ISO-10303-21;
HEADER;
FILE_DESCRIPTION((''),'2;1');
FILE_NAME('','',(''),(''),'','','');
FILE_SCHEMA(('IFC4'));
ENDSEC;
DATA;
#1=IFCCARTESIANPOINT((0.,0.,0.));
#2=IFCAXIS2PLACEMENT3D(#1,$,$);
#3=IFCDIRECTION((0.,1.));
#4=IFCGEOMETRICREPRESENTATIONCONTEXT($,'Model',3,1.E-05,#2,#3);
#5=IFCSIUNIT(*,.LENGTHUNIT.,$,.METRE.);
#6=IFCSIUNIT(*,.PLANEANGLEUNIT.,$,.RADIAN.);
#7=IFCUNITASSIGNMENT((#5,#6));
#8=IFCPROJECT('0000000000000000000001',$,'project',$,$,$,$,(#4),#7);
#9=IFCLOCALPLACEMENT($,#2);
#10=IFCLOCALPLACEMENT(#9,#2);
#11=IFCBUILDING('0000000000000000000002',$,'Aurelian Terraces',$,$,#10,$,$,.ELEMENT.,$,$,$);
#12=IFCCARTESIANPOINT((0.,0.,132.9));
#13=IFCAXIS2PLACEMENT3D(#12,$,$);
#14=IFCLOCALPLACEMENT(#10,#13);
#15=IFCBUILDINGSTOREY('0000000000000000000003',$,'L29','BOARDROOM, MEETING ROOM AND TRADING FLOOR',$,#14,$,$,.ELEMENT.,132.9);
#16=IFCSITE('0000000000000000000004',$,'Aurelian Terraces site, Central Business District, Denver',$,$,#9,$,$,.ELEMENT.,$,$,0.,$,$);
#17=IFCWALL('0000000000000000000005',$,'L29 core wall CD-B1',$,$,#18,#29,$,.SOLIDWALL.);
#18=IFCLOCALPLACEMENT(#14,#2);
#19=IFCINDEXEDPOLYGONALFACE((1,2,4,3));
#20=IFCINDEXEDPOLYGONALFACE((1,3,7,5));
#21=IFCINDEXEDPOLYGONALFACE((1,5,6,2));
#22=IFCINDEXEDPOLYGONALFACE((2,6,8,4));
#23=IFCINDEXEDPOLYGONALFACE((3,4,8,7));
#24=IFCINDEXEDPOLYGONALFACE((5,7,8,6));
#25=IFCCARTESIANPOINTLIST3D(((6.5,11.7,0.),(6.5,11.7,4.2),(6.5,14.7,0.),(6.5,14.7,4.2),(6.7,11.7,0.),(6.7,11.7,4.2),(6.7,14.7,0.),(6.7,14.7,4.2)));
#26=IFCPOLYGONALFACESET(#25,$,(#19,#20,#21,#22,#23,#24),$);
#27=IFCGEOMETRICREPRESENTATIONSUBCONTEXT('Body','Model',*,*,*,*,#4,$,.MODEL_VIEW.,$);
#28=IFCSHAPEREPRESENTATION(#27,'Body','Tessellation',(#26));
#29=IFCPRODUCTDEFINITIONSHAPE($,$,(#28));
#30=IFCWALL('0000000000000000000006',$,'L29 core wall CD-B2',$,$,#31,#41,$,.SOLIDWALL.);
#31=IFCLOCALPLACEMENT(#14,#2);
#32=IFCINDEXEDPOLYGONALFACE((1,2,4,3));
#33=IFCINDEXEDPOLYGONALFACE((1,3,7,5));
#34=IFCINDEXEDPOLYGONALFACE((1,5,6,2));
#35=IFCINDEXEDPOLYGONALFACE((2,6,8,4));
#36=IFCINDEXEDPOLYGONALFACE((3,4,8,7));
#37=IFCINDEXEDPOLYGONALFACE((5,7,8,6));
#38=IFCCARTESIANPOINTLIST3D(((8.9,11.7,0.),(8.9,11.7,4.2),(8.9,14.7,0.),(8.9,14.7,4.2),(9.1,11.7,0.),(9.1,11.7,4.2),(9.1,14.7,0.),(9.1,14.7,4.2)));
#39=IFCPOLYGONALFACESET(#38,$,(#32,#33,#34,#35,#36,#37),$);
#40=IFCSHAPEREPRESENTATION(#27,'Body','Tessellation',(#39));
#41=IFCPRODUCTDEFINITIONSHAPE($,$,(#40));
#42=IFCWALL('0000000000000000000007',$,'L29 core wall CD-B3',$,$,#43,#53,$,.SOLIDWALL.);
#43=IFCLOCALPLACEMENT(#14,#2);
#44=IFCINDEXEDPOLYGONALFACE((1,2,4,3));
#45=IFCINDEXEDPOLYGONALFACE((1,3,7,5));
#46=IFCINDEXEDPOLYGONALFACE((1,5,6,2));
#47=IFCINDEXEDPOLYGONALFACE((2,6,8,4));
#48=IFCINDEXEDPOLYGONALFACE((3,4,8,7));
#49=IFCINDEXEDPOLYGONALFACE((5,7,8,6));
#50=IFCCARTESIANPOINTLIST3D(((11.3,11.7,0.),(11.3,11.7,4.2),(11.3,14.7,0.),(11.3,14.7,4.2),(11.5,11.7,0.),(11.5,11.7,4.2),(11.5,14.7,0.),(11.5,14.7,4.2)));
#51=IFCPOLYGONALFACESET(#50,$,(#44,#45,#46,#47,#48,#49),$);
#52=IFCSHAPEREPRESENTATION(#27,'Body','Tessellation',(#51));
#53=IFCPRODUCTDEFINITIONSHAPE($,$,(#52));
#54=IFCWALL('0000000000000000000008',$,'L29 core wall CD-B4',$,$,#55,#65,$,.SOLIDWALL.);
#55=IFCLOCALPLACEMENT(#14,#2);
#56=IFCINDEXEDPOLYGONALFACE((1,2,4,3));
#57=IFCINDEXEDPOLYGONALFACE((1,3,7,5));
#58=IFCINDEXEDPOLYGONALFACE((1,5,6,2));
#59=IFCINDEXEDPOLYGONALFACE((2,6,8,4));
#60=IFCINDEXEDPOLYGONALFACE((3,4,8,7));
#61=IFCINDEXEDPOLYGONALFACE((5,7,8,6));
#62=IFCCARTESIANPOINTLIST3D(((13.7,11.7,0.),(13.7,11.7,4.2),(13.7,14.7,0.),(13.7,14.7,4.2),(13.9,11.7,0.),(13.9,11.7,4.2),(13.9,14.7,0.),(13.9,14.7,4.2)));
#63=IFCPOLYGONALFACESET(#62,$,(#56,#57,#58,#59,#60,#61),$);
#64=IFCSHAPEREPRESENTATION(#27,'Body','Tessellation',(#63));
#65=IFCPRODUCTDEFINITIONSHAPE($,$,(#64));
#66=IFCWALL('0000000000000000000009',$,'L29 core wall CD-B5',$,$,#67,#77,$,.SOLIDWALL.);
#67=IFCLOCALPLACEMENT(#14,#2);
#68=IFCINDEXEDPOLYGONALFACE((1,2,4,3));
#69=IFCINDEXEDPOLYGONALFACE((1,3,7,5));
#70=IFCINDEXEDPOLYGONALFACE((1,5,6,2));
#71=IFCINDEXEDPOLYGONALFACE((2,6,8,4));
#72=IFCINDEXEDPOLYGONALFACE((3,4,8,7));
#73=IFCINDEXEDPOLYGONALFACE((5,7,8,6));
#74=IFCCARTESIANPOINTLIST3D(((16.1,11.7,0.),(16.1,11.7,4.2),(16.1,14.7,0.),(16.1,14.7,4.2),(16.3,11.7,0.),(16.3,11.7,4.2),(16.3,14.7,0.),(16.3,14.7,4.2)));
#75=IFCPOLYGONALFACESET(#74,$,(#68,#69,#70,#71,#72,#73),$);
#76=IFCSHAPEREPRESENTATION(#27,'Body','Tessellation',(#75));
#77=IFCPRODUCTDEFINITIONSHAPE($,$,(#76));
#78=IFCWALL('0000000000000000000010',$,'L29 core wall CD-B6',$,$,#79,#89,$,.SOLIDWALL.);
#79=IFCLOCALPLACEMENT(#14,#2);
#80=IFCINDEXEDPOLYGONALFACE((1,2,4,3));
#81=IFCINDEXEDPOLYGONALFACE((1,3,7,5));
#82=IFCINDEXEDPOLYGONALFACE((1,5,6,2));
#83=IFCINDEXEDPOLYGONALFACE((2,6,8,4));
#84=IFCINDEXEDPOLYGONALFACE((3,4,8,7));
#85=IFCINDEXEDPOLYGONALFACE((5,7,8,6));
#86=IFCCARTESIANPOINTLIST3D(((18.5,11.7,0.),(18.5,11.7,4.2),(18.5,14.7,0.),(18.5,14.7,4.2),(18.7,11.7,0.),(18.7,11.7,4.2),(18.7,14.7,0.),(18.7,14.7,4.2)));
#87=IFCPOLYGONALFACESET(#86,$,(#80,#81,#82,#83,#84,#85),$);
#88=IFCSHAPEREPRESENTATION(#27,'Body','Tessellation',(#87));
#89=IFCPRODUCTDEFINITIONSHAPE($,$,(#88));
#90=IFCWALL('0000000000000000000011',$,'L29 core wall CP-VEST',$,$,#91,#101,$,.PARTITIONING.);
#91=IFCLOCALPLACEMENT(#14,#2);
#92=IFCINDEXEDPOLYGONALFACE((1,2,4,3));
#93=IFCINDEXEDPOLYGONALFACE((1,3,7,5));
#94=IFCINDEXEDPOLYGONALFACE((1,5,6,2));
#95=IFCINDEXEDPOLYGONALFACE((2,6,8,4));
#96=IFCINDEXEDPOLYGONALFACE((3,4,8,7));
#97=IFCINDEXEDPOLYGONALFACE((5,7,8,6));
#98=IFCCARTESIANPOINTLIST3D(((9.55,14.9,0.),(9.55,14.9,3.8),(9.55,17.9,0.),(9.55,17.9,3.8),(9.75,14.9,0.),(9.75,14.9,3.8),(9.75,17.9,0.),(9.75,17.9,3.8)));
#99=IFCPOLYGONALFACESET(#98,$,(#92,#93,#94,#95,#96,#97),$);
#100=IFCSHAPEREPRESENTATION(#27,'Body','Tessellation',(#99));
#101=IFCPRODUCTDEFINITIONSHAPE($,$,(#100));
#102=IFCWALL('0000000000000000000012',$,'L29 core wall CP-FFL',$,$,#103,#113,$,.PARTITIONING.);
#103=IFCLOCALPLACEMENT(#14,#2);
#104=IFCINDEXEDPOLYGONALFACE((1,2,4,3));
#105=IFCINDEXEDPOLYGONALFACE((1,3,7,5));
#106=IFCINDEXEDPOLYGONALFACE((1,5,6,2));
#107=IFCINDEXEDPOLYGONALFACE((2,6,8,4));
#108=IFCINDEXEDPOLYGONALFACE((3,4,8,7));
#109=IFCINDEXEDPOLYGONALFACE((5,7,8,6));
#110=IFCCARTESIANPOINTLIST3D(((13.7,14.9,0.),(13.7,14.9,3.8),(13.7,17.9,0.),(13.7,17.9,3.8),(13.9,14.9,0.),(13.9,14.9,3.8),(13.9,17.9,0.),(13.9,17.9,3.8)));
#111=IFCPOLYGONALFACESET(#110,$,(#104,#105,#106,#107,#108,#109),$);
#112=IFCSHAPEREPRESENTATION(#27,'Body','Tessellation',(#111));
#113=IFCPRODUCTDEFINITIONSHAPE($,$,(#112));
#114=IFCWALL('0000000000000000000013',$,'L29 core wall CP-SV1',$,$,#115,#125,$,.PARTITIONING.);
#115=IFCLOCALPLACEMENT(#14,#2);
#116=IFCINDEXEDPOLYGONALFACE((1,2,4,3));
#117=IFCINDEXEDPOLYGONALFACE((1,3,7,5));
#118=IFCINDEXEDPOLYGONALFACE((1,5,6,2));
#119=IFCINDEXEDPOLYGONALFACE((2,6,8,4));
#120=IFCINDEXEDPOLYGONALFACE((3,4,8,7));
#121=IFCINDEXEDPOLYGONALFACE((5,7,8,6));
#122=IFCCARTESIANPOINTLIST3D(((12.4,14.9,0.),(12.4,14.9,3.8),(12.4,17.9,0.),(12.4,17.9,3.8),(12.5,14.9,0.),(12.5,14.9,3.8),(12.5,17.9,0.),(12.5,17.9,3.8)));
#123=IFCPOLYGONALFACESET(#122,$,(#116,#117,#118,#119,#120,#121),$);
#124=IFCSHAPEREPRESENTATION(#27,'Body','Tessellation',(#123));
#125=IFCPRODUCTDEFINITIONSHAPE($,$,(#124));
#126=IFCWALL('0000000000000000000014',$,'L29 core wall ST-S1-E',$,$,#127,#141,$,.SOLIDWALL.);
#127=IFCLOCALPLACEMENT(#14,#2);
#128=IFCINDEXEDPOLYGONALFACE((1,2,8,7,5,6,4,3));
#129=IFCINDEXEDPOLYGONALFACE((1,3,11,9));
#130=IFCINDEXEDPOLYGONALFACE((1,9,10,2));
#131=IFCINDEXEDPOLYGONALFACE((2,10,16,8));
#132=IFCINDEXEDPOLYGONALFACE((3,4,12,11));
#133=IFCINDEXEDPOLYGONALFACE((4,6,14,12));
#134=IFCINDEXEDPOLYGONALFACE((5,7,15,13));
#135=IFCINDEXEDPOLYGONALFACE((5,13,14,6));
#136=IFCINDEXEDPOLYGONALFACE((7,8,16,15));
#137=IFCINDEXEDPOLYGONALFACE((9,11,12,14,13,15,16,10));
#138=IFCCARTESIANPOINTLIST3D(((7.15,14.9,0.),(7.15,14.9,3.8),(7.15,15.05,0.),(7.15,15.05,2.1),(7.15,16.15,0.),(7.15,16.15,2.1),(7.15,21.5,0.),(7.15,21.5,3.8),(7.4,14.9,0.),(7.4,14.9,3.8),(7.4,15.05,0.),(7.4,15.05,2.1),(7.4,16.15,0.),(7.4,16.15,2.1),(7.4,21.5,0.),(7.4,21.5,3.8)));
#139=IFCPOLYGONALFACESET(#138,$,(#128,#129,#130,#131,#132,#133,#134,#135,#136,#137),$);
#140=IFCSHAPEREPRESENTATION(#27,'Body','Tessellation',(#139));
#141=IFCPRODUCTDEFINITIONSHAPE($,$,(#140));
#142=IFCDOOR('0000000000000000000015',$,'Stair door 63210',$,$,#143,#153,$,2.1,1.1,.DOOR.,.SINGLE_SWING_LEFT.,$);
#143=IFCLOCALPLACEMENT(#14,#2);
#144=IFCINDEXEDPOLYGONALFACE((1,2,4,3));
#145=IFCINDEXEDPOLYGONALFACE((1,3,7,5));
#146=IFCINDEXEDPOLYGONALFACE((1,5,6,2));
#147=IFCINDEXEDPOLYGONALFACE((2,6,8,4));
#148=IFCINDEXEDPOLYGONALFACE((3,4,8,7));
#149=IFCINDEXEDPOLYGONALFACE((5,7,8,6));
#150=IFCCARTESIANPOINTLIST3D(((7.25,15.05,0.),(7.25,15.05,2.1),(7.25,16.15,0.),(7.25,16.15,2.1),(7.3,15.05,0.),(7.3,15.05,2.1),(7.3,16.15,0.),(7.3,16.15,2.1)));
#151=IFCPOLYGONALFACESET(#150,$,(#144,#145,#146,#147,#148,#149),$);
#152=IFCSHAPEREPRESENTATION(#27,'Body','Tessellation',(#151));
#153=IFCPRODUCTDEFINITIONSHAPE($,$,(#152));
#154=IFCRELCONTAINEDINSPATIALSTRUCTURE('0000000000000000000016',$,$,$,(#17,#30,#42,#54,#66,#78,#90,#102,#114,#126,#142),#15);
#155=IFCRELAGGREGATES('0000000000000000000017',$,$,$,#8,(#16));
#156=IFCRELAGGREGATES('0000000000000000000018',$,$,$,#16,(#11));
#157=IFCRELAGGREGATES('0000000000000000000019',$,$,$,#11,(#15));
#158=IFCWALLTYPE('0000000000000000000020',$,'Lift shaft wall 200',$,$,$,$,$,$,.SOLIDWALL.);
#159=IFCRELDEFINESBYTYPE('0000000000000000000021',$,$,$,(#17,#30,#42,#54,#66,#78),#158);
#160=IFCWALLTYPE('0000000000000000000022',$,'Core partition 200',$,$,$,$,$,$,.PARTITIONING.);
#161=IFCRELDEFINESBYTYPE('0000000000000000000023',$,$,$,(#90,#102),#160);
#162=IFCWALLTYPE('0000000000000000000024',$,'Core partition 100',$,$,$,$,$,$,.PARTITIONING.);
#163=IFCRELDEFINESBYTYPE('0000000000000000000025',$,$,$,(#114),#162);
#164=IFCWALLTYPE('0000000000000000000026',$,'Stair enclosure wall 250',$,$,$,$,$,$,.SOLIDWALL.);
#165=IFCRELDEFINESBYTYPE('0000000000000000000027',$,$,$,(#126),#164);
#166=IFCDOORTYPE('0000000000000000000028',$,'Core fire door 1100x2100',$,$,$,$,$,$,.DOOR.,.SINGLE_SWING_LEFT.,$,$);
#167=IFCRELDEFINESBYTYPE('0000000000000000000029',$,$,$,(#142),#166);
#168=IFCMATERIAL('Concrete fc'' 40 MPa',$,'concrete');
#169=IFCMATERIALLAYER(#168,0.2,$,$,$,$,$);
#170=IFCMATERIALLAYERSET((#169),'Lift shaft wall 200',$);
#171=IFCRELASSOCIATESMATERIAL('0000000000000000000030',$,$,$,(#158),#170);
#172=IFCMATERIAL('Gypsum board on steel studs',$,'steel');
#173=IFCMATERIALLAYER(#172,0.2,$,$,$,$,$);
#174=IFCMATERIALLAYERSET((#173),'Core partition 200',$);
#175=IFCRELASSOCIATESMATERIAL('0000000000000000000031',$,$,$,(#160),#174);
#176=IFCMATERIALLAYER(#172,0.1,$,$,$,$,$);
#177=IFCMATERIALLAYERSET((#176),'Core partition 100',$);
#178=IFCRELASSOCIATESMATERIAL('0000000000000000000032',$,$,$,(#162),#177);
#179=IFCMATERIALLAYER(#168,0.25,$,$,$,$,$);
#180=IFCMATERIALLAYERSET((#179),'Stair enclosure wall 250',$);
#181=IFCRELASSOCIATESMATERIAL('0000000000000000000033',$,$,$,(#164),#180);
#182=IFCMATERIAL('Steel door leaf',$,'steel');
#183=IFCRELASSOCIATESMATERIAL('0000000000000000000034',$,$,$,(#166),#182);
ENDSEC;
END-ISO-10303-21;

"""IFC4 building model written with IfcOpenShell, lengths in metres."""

from ifc_helpers import new_model, si_unit, direction, frame, frame_2d, origin, place, context, subcontext, project, spatial, rectangle, extrude, source, transform, mapped, material, layer, layer_set, type_object, element, fill, save


model = new_model("IFC4")

# Units and contexts
model_context = context("Model", 3, precision=1e-05, world=origin(), true_north=direction((0.0, 1.0)))
body_context = subcontext(model_context, "Body", "Model", "MODEL_VIEW")
ifc_project = project(units=[si_unit("LENGTHUNIT", "METRE"), si_unit("PLANEANGLEUNIT", "RADIAN")], contexts=[model_context])

# Site, building, storey
site_placement = place(None, origin())
site = spatial("IfcSite", under=ifc_project, at=site_placement, Name="Aurelian Terraces site, Central Business District, Denver", CompositionType="ELEMENT", RefElevation=0.0)
building_placement = place(site_placement, origin())
building = spatial("IfcBuilding", under=site, at=building_placement, Name="Aurelian Terraces", CompositionType="ELEMENT")
storey_placement = place(building_placement, frame((0.0, 0.0, 132.9)))
storey = spatial("IfcBuildingStorey", under=building, at=storey_placement, Name="L29", Description="BOARDROOM, MEETING ROOM AND TRADING FLOOR", CompositionType="ELEMENT", Elevation=132.9)

# Walls
ifc_material_1 = material(Name="Concrete fc' 40 MPa", Category="concrete")
ifc_layer_1 = layer(ifc_material_1, 0.2)
ifc_layer_set_1 = layer_set([ifc_layer_1], Name="Lift shaft wall 200")
wall_type_1 = type_object("IfcWallType", Name="Lift shaft wall 200", PredefinedType="SOLIDWALL", material=ifc_layer_set_1)
shared_shape_1 = source(origin(), body_context, "Body", "SweptSolid", [
    extrude(rectangle(XDim=3.0, YDim=0.2, at=frame_2d((1.5, 0.0))), origin(), (0.0, 0.0, 1.0), 4.2),
])
for number, where, z_axis, x_axis, name in (
    (1, (6.6, 11.7, 0.0), (0.0, 0.0, 1.0), (0.0, 1.0, 0.0), "L29 core wall CD-B1"),
    (2, (9.0, 11.7, 0.0), (0.0, 0.0, 1.0), (0.0, 1.0, 0.0), "L29 core wall CD-B2"),
    (3, (11.4, 11.7, 0.0), (0.0, 0.0, 1.0), (0.0, 1.0, 0.0), "L29 core wall CD-B3"),
    (4, (13.8, 11.7, 0.0), (0.0, 0.0, 1.0), (0.0, 1.0, 0.0), "L29 core wall CD-B4"),
    (5, (16.2, 11.7, 0.0), (0.0, 0.0, 1.0), (0.0, 1.0, 0.0), "L29 core wall CD-B5"),
    (6, (18.6, 11.7, 0.0), (0.0, 0.0, 1.0), (0.0, 1.0, 0.0), "L29 core wall CD-B6"),
):
    element("IfcWall", number, at=place(storey_placement, frame(where, z_axis=z_axis, x_axis=x_axis)), inside=storey, type_object=wall_type_1, Name=name, PredefinedType="SOLIDWALL", context=body_context, shape_type="MappedRepresentation", body=[
        mapped(shared_shape_1, transform((0.0, 0.0, 0.0), scale=1.0)),
    ])
ifc_material_2 = material(Name="Gypsum board on steel studs", Category="steel")
ifc_layer_2 = layer(ifc_material_2, 0.2)
ifc_layer_set_2 = layer_set([ifc_layer_2], Name="Core partition 200")
wall_type_2 = type_object("IfcWallType", Name="Core partition 200", PredefinedType="PARTITIONING", material=ifc_layer_set_2)
shared_shape_2 = source(origin(), body_context, "Body", "SweptSolid", [
    extrude(rectangle(XDim=3.0, YDim=0.2, at=frame_2d((1.5, 0.0))), origin(), (0.0, 0.0, 1.0), 3.8),
])
for number, where, z_axis, x_axis, name in (
    (7, (9.65, 14.9, 0.0), (0.0, 0.0, 1.0), (0.0, 1.0, 0.0), "L29 core wall CP-VEST"),
    (8, (13.8, 14.9, 0.0), (0.0, 0.0, 1.0), (0.0, 1.0, 0.0), "L29 core wall CP-FFL"),
):
    element("IfcWall", number, at=place(storey_placement, frame(where, z_axis=z_axis, x_axis=x_axis)), inside=storey, type_object=wall_type_2, Name=name, PredefinedType="PARTITIONING", context=body_context, shape_type="MappedRepresentation", body=[
        mapped(shared_shape_2, transform((0.0, 0.0, 0.0), scale=1.0)),
    ])
ifc_layer_3 = layer(ifc_material_2, 0.1)
ifc_layer_set_3 = layer_set([ifc_layer_3], Name="Core partition 100")
wall_type_3 = type_object("IfcWallType", Name="Core partition 100", PredefinedType="PARTITIONING", material=ifc_layer_set_3)
shared_shape_3 = source(origin(), body_context, "Body", "SweptSolid", [
    extrude(rectangle(XDim=3.0, YDim=0.1, at=frame_2d((1.5, 0.0))), origin(), (0.0, 0.0, 1.0), 3.8),
])
wall_1_placement = place(storey_placement, frame((12.45, 14.9, 0.0), z_axis=(0.0, 0.0, 1.0), x_axis=(0.0, 1.0, 0.0)))
element("IfcWall", 9, at=wall_1_placement, inside=storey, type_object=wall_type_3, Name="L29 core wall CP-SV1", PredefinedType="PARTITIONING", context=body_context, shape_type="MappedRepresentation", body=[
    mapped(shared_shape_3, transform((0.0, 0.0, 0.0), scale=1.0)),
])

# Wall, opening, door
ifc_layer_4 = layer(ifc_material_1, 0.25)
ifc_layer_set_4 = layer_set([ifc_layer_4], Name="Stair enclosure wall 250")
wall_type_4 = type_object("IfcWallType", Name="Stair enclosure wall 250", PredefinedType="SOLIDWALL", material=ifc_layer_set_4)
shared_shape_4 = source(origin(), body_context, "Body", "SweptSolid", [
    extrude(rectangle(XDim=6.6, YDim=0.25, at=frame_2d((3.3, 0.0))), origin(), (0.0, 0.0, 1.0), 3.8),
])
wall_2_placement = place(storey_placement, frame((7.275, 14.9, 0.0), z_axis=(0.0, 0.0, 1.0), x_axis=(0.0, 1.0, 0.0)))
wall_2 = element("IfcWall", 10, at=wall_2_placement, inside=storey, type_object=wall_type_4, Name="L29 core wall ST-S1-E", PredefinedType="SOLIDWALL", context=body_context, shape_type="MappedRepresentation", body=[
    mapped(shared_shape_4, transform((0.0, 0.0, 0.0), scale=1.0)),
])
shared_shape_5 = source(origin(), body_context, "Body", "SweptSolid", [
    extrude(rectangle(XDim=1.1, YDim=2.1, at=frame_2d((0.55, 1.05))), frame((0.0, 0.135, 0.0), z_axis=(0.0, -1.0, 0.0), x_axis=(1.0, 0.0, 0.0)), (0.0, 0.0, 1.0), 0.27),
])
opening_1_placement = place(wall_2_placement, frame((0.15, 0.0, 0.0)))
opening_1 = element("IfcOpeningElement", 11, at=opening_1_placement, cuts=wall_2, PredefinedType="OPENING", context=body_context, shape_type="MappedRepresentation", body=[
    mapped(shared_shape_5, transform((0.0, 0.0, 0.0), scale=1.0)),
])
ifc_material_3 = material(Name="Steel door leaf", Category="steel")
door_type_1 = type_object("IfcDoorType", Name="Core fire door 1100x2100", OperationType="SINGLE_SWING_LEFT", PredefinedType="DOOR", material=ifc_material_3)
shared_shape_6 = source(origin(), body_context, "Body", "SweptSolid", [
    extrude(rectangle(XDim=1.1, YDim=2.1, at=frame_2d((0.55, 1.05))), frame((0.0, 0.025, 0.0), z_axis=(0.0, -1.0, 0.0), x_axis=(1.0, 0.0, 0.0)), (0.0, 0.0, 1.0), 0.05),
])
door_1_placement = place(opening_1_placement, origin())
door_1 = element("IfcDoor", 12, at=door_1_placement, inside=storey, type_object=door_type_1, Name="Stair door 63210", OperationType="SINGLE_SWING_LEFT", OverallHeight=2.1, OverallWidth=1.1, PredefinedType="DOOR", context=body_context, shape_type="MappedRepresentation", body=[
    mapped(shared_shape_6, transform((0.0, 0.0, 0.0), scale=1.0)),
])
fill(opening_1, door_1)

save(model, "model.ifc")
